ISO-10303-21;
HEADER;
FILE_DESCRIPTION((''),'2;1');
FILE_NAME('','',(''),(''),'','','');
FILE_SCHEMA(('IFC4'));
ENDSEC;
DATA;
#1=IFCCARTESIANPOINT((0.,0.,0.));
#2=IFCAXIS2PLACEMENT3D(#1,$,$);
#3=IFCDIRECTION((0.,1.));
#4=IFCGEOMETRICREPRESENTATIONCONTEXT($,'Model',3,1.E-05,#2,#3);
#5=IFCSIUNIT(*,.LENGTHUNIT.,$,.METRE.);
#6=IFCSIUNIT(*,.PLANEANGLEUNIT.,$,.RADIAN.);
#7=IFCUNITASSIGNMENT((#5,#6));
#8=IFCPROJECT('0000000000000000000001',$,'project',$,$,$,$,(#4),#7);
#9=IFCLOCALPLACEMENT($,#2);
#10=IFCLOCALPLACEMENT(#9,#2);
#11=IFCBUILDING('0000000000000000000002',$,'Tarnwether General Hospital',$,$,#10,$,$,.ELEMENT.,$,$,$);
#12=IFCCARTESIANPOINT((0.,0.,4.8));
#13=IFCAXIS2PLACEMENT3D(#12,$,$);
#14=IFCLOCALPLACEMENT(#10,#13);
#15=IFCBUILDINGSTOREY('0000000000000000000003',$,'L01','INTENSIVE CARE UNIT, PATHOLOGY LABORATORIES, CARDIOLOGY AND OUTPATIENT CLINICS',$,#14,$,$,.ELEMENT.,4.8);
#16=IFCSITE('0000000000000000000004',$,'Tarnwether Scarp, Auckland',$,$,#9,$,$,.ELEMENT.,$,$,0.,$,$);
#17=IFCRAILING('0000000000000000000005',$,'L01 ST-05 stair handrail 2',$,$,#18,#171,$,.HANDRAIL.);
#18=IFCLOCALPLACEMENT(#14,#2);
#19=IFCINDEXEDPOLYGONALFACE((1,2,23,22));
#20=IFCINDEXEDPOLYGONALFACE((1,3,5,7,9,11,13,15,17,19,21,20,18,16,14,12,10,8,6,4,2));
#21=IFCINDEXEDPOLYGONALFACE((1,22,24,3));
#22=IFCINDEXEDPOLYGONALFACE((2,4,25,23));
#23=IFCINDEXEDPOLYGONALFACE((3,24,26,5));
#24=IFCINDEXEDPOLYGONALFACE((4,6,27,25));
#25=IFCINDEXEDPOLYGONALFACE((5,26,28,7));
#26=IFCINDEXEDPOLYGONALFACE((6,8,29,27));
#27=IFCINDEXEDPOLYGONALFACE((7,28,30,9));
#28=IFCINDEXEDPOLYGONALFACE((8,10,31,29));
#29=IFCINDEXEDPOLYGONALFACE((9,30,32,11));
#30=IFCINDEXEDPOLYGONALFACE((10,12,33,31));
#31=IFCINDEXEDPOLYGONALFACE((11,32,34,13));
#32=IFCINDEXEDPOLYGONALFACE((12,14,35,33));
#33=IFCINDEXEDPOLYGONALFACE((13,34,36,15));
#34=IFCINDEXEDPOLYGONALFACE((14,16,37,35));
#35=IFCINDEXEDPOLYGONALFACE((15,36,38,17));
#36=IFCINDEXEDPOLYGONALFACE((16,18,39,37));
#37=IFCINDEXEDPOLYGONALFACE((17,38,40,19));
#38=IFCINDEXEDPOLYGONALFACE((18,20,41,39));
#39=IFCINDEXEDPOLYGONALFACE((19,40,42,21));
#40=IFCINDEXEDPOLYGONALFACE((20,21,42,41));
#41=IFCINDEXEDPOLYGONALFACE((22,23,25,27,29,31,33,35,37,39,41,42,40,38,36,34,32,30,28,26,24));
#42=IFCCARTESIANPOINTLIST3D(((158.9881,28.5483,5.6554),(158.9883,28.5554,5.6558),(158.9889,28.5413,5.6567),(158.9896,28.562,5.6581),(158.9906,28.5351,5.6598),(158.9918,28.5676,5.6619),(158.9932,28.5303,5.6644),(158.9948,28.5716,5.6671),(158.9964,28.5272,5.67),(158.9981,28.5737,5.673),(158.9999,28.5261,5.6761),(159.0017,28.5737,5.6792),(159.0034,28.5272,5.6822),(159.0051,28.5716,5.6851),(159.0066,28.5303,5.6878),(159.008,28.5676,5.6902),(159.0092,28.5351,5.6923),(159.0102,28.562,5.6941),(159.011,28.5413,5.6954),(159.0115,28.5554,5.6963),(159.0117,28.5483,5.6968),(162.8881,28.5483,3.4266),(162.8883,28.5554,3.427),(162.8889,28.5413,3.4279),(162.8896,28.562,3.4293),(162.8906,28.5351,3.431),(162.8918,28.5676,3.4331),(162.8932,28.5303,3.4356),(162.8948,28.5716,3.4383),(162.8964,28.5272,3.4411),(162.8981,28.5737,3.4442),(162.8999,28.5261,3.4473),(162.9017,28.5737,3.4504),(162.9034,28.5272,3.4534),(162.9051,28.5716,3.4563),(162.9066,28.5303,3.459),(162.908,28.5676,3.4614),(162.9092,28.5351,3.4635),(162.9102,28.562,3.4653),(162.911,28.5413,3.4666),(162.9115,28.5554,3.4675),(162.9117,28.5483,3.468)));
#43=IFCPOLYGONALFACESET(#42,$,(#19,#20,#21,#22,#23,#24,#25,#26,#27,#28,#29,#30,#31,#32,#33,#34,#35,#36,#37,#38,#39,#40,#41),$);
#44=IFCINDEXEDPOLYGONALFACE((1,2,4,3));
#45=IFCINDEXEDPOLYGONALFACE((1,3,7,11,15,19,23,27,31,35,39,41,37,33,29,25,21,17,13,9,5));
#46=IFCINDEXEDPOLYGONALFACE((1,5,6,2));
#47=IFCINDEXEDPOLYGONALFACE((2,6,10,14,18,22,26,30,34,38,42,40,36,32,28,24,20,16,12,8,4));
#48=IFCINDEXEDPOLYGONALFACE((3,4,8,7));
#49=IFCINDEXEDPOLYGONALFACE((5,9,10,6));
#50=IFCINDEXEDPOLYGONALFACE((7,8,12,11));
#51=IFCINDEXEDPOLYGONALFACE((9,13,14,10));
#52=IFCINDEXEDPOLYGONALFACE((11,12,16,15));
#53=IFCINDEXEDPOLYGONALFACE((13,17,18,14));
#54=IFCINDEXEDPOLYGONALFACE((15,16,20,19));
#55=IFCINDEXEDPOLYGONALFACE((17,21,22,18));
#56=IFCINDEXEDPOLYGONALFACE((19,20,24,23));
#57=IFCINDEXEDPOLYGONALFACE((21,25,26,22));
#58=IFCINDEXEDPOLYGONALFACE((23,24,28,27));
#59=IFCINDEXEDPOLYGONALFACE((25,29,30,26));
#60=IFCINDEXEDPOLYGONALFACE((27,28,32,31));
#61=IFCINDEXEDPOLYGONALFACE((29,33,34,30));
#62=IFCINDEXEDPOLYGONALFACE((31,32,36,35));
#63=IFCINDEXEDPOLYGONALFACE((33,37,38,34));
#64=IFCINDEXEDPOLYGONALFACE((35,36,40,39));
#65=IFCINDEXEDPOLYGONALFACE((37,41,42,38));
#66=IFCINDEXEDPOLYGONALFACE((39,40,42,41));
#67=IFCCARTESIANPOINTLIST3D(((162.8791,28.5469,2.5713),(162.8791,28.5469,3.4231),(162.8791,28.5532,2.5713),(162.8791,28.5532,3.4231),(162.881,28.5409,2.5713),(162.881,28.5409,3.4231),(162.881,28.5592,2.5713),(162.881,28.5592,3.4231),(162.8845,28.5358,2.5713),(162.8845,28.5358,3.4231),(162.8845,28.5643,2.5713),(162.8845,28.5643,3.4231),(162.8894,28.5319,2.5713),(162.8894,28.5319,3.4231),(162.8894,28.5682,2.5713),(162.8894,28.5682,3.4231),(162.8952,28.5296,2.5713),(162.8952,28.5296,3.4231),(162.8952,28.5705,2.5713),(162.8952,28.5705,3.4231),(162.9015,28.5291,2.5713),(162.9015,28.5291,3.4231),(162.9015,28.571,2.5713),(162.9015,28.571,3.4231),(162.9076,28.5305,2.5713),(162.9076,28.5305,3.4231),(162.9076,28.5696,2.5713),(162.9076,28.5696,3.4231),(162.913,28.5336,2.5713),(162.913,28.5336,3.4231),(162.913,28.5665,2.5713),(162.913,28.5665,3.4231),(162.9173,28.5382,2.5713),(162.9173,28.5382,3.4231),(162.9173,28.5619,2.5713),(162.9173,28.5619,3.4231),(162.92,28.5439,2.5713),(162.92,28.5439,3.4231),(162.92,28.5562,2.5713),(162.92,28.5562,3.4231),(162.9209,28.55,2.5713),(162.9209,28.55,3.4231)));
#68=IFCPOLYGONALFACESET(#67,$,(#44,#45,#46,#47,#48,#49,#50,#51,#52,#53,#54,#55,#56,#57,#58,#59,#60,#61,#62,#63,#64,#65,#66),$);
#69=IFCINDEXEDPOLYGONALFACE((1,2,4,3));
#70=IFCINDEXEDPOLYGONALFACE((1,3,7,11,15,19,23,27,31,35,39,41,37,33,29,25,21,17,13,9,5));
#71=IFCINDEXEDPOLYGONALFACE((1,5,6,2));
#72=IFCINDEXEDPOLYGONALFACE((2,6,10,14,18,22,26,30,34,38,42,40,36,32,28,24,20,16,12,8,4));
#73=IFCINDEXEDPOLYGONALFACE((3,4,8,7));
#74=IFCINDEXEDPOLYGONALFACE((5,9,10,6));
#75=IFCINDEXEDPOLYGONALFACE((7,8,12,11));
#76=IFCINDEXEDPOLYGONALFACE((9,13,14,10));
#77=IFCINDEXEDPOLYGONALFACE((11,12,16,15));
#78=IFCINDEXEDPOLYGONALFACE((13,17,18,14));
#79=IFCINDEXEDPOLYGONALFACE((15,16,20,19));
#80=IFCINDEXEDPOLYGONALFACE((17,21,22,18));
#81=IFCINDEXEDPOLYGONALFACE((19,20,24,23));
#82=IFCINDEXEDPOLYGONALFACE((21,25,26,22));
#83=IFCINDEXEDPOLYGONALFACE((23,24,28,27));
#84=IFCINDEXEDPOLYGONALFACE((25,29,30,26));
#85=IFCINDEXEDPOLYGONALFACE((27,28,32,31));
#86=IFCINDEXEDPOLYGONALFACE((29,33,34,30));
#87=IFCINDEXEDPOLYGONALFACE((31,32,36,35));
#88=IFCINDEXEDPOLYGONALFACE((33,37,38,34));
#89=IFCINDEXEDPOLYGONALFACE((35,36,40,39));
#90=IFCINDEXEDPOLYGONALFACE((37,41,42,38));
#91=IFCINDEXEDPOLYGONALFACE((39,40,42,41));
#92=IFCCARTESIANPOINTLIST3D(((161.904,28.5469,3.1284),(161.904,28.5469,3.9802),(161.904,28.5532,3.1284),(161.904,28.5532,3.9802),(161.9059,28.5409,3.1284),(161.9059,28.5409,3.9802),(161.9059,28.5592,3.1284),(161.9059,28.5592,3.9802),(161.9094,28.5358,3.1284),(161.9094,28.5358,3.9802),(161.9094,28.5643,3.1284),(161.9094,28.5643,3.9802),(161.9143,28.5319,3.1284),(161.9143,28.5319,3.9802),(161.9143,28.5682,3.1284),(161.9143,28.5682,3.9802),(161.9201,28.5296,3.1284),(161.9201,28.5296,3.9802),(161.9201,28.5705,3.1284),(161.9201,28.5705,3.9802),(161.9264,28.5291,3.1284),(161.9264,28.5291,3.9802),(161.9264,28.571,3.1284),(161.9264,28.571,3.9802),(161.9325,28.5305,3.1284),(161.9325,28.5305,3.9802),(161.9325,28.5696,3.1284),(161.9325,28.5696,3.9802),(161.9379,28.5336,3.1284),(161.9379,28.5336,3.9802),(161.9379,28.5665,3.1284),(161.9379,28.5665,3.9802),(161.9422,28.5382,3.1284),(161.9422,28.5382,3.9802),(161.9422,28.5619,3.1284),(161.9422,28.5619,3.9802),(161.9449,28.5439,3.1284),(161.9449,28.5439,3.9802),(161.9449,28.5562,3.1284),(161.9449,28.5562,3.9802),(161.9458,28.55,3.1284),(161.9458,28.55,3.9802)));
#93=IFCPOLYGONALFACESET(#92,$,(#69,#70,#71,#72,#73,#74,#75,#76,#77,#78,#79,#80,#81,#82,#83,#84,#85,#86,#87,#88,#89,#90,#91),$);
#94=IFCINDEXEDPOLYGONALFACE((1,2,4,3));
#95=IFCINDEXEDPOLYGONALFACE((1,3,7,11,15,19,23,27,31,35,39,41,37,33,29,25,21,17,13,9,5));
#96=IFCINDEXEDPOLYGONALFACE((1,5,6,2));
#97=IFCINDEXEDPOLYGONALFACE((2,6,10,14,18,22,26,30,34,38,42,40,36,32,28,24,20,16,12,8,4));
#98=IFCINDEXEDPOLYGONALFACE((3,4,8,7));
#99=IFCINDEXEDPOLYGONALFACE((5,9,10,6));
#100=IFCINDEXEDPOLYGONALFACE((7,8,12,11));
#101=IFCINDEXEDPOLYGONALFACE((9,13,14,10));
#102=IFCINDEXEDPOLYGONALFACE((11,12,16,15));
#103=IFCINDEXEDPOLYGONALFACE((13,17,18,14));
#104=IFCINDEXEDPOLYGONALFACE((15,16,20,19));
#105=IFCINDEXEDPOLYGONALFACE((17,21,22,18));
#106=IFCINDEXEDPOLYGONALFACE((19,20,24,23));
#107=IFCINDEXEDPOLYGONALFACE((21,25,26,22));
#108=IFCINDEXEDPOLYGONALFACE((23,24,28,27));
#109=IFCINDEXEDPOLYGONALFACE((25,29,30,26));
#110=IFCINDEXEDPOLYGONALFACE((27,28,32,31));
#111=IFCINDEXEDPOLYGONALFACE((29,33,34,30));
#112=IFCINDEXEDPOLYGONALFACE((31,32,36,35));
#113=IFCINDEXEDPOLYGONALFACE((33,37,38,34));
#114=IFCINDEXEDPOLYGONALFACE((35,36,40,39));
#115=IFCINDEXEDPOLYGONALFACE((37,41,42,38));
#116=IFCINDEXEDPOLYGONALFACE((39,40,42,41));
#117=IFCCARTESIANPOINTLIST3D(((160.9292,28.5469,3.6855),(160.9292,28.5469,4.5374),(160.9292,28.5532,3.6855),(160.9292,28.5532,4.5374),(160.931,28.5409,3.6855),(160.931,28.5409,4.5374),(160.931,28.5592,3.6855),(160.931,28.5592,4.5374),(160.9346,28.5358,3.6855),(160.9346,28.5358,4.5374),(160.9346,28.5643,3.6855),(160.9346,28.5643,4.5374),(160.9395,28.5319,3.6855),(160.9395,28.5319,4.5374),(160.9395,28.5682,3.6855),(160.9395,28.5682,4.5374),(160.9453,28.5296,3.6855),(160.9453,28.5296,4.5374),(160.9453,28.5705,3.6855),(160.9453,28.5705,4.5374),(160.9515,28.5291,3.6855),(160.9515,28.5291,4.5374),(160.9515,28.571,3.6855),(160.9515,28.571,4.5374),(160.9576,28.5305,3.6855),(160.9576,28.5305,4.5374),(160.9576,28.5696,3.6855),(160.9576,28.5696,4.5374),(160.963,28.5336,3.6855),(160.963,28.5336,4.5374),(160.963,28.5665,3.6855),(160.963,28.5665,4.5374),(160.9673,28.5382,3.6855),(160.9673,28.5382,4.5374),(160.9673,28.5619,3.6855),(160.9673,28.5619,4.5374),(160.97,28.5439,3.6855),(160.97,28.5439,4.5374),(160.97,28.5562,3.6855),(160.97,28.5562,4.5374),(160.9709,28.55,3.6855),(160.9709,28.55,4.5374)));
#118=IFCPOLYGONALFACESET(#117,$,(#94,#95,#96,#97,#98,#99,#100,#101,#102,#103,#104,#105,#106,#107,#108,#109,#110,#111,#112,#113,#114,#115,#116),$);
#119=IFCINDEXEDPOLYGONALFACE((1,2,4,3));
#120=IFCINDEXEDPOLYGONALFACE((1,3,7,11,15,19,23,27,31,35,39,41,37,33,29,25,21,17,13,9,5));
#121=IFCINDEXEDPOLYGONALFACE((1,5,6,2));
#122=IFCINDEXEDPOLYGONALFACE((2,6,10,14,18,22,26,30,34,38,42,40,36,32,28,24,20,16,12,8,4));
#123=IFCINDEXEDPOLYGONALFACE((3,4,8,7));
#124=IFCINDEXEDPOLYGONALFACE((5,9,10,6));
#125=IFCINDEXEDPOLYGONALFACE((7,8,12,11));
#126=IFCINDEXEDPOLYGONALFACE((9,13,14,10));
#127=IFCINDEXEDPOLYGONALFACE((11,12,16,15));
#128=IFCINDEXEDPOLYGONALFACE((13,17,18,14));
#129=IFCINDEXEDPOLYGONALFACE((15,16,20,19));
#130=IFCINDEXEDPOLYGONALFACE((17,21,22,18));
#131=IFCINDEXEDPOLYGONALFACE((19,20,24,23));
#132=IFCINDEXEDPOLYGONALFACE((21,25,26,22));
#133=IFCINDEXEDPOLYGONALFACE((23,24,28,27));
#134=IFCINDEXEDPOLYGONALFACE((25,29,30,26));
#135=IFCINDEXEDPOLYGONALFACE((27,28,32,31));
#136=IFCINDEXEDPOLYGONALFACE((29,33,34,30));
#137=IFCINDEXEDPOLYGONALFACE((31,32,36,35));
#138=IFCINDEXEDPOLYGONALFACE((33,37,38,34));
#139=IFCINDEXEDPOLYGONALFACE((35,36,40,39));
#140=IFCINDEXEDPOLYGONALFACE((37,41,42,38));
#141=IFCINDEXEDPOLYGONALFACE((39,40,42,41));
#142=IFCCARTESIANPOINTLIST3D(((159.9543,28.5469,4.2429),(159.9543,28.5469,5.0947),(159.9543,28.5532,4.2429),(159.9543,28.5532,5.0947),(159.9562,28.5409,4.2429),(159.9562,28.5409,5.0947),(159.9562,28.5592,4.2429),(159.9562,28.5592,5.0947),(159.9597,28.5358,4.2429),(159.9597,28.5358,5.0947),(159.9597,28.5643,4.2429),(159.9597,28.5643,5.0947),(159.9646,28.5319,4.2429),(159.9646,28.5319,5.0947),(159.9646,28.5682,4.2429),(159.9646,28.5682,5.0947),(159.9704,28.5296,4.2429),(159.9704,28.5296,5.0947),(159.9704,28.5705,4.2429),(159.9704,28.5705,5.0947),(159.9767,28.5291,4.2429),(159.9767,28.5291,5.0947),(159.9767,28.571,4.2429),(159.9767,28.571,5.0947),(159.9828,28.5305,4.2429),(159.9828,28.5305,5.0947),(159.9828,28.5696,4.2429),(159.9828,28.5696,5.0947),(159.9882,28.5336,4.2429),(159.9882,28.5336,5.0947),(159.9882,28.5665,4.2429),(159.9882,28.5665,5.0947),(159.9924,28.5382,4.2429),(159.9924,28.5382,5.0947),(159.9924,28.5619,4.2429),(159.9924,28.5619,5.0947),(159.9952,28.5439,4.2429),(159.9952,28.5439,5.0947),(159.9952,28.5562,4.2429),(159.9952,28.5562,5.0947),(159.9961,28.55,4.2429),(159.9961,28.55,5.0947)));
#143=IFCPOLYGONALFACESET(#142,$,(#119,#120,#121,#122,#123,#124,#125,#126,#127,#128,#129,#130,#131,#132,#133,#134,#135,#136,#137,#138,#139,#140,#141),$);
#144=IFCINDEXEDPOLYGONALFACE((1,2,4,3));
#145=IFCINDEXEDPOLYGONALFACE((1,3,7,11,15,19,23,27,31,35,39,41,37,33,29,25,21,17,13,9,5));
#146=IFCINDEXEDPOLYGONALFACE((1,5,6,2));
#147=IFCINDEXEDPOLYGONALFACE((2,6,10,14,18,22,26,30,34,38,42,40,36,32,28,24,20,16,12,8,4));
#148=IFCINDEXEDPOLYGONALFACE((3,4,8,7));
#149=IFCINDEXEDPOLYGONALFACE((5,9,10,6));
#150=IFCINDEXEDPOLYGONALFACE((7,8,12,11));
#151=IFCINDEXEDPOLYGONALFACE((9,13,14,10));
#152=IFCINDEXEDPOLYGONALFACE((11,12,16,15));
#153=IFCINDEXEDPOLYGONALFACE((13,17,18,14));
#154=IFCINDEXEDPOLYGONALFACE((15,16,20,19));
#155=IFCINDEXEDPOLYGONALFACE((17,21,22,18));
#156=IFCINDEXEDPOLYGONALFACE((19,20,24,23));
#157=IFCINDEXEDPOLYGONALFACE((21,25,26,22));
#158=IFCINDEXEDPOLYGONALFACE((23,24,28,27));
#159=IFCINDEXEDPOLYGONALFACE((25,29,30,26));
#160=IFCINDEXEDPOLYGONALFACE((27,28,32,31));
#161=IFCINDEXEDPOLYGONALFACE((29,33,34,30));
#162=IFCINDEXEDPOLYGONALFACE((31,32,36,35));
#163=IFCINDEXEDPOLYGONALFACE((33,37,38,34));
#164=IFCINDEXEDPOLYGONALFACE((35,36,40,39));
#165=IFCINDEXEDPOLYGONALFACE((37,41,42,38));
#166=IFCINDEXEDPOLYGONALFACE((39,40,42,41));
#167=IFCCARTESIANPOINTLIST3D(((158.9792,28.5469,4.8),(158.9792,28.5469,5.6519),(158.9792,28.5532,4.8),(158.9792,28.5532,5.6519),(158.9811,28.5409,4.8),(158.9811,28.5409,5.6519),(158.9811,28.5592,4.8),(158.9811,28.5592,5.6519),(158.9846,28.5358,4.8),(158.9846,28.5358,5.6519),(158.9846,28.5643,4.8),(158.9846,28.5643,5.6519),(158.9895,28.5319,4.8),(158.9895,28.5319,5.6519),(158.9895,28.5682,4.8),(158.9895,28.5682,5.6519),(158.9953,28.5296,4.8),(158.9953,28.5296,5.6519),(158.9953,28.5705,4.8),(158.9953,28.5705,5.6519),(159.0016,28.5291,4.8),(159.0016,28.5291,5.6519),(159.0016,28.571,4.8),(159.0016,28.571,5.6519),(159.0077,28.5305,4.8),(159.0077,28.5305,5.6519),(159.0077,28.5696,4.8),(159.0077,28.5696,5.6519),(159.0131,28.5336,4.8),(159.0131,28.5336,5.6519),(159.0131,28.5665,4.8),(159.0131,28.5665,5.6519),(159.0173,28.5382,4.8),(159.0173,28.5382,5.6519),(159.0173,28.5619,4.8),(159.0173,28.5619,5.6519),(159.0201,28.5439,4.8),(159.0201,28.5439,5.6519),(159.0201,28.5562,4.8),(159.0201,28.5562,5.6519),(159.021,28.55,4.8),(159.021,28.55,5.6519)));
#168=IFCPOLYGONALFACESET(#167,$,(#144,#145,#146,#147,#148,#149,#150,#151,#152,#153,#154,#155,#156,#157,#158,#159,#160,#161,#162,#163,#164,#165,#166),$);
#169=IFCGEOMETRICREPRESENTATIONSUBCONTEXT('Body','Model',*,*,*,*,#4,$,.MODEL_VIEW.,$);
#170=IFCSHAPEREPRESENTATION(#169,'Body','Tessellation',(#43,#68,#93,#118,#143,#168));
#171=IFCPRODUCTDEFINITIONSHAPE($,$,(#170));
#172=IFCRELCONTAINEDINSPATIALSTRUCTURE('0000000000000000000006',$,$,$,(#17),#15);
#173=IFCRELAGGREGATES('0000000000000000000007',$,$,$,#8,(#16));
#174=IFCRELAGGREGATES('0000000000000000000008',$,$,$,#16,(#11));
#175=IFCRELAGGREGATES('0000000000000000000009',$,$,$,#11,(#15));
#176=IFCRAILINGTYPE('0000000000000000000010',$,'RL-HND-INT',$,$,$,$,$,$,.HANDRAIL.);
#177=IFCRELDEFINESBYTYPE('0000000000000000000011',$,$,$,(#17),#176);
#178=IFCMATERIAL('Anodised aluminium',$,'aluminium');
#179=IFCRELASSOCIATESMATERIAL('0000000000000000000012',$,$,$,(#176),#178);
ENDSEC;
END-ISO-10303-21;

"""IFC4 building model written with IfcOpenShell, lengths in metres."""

from ifc_helpers import new_model, si_unit, direction, frame, origin, origin_2d, place, context, subcontext, project, spatial, circle, extrude, material, type_object, element, save


model = new_model("IFC4")

# Units and contexts
model_context = context("Model", 3, precision=1e-05, world=origin(), true_north=direction((0.0, 1.0)))
body_context = subcontext(model_context, "Body", "Model", "MODEL_VIEW")
ifc_project = project(units=[si_unit("LENGTHUNIT", "METRE"), si_unit("PLANEANGLEUNIT", "RADIAN")], contexts=[model_context])

# Site, building, storey
site_placement = place(None, origin())
site = spatial("IfcSite", under=ifc_project, at=site_placement, Name="Tarnwether Scarp, Auckland", CompositionType="ELEMENT", RefElevation=0.0)
building_placement = place(site_placement, origin())
building = spatial("IfcBuilding", under=site, at=building_placement, Name="Tarnwether General Hospital", CompositionType="ELEMENT")
storey_placement = place(building_placement, frame((0.0, 0.0, 4.8)))
storey = spatial("IfcBuildingStorey", under=building, at=storey_placement, Name="L01", Description="INTENSIVE CARE UNIT, PATHOLOGY LABORATORIES, CARDIOLOGY AND OUTPATIENT CLINICS", CompositionType="ELEMENT", Elevation=4.8)

# Railing
ifc_material_1 = material(Name="Anodised aluminium", Category="aluminium")
railing_type_1 = type_object("IfcRailingType", Name="RL-HND-INT", PredefinedType="HANDRAIL", material=ifc_material_1)
railing_1_placement = place(storey_placement, frame((162.8999, 28.55, 2.5713)))
element("IfcRailing", 1, at=railing_1_placement, inside=storey, type_object=railing_type_1, Name="L01 ST-05 stair handrail 2", PredefinedType="HANDRAIL", context=body_context, shape_type="SweptSolid", body=[
    extrude(circle(Radius=0.0239, at=origin_2d()), frame((0.0, 0.0, 0.876), z_axis=(-0.86822, 0.0, 0.49618), x_axis=(0.0, -1.0, 0.0)), (0.0, 0.0, 1.0), 4.4919),
    extrude(circle(Radius=0.021, at=origin_2d()), origin(), (0.0, 0.0, 1.0), 0.8518),
    extrude(circle(Radius=0.021, at=origin_2d()), frame((-0.9751, 0.0, 0.5571)), (0.0, 0.0, 1.0), 0.8518),
    extrude(circle(Radius=0.021, at=origin_2d()), frame((-1.95, 0.0, 1.1143)), (0.0, 0.0, 1.0), 0.8518),
    extrude(circle(Radius=0.021, at=origin_2d()), frame((-2.9248, 0.0, 1.6716)), (0.0, 0.0, 1.0), 0.8518),
    extrude(circle(Radius=0.021, at=origin_2d()), frame((-3.8999, 0.0, 2.2288)), (0.0, 0.0, 1.0), 0.8518),
])

save(model, "model.ifc")
